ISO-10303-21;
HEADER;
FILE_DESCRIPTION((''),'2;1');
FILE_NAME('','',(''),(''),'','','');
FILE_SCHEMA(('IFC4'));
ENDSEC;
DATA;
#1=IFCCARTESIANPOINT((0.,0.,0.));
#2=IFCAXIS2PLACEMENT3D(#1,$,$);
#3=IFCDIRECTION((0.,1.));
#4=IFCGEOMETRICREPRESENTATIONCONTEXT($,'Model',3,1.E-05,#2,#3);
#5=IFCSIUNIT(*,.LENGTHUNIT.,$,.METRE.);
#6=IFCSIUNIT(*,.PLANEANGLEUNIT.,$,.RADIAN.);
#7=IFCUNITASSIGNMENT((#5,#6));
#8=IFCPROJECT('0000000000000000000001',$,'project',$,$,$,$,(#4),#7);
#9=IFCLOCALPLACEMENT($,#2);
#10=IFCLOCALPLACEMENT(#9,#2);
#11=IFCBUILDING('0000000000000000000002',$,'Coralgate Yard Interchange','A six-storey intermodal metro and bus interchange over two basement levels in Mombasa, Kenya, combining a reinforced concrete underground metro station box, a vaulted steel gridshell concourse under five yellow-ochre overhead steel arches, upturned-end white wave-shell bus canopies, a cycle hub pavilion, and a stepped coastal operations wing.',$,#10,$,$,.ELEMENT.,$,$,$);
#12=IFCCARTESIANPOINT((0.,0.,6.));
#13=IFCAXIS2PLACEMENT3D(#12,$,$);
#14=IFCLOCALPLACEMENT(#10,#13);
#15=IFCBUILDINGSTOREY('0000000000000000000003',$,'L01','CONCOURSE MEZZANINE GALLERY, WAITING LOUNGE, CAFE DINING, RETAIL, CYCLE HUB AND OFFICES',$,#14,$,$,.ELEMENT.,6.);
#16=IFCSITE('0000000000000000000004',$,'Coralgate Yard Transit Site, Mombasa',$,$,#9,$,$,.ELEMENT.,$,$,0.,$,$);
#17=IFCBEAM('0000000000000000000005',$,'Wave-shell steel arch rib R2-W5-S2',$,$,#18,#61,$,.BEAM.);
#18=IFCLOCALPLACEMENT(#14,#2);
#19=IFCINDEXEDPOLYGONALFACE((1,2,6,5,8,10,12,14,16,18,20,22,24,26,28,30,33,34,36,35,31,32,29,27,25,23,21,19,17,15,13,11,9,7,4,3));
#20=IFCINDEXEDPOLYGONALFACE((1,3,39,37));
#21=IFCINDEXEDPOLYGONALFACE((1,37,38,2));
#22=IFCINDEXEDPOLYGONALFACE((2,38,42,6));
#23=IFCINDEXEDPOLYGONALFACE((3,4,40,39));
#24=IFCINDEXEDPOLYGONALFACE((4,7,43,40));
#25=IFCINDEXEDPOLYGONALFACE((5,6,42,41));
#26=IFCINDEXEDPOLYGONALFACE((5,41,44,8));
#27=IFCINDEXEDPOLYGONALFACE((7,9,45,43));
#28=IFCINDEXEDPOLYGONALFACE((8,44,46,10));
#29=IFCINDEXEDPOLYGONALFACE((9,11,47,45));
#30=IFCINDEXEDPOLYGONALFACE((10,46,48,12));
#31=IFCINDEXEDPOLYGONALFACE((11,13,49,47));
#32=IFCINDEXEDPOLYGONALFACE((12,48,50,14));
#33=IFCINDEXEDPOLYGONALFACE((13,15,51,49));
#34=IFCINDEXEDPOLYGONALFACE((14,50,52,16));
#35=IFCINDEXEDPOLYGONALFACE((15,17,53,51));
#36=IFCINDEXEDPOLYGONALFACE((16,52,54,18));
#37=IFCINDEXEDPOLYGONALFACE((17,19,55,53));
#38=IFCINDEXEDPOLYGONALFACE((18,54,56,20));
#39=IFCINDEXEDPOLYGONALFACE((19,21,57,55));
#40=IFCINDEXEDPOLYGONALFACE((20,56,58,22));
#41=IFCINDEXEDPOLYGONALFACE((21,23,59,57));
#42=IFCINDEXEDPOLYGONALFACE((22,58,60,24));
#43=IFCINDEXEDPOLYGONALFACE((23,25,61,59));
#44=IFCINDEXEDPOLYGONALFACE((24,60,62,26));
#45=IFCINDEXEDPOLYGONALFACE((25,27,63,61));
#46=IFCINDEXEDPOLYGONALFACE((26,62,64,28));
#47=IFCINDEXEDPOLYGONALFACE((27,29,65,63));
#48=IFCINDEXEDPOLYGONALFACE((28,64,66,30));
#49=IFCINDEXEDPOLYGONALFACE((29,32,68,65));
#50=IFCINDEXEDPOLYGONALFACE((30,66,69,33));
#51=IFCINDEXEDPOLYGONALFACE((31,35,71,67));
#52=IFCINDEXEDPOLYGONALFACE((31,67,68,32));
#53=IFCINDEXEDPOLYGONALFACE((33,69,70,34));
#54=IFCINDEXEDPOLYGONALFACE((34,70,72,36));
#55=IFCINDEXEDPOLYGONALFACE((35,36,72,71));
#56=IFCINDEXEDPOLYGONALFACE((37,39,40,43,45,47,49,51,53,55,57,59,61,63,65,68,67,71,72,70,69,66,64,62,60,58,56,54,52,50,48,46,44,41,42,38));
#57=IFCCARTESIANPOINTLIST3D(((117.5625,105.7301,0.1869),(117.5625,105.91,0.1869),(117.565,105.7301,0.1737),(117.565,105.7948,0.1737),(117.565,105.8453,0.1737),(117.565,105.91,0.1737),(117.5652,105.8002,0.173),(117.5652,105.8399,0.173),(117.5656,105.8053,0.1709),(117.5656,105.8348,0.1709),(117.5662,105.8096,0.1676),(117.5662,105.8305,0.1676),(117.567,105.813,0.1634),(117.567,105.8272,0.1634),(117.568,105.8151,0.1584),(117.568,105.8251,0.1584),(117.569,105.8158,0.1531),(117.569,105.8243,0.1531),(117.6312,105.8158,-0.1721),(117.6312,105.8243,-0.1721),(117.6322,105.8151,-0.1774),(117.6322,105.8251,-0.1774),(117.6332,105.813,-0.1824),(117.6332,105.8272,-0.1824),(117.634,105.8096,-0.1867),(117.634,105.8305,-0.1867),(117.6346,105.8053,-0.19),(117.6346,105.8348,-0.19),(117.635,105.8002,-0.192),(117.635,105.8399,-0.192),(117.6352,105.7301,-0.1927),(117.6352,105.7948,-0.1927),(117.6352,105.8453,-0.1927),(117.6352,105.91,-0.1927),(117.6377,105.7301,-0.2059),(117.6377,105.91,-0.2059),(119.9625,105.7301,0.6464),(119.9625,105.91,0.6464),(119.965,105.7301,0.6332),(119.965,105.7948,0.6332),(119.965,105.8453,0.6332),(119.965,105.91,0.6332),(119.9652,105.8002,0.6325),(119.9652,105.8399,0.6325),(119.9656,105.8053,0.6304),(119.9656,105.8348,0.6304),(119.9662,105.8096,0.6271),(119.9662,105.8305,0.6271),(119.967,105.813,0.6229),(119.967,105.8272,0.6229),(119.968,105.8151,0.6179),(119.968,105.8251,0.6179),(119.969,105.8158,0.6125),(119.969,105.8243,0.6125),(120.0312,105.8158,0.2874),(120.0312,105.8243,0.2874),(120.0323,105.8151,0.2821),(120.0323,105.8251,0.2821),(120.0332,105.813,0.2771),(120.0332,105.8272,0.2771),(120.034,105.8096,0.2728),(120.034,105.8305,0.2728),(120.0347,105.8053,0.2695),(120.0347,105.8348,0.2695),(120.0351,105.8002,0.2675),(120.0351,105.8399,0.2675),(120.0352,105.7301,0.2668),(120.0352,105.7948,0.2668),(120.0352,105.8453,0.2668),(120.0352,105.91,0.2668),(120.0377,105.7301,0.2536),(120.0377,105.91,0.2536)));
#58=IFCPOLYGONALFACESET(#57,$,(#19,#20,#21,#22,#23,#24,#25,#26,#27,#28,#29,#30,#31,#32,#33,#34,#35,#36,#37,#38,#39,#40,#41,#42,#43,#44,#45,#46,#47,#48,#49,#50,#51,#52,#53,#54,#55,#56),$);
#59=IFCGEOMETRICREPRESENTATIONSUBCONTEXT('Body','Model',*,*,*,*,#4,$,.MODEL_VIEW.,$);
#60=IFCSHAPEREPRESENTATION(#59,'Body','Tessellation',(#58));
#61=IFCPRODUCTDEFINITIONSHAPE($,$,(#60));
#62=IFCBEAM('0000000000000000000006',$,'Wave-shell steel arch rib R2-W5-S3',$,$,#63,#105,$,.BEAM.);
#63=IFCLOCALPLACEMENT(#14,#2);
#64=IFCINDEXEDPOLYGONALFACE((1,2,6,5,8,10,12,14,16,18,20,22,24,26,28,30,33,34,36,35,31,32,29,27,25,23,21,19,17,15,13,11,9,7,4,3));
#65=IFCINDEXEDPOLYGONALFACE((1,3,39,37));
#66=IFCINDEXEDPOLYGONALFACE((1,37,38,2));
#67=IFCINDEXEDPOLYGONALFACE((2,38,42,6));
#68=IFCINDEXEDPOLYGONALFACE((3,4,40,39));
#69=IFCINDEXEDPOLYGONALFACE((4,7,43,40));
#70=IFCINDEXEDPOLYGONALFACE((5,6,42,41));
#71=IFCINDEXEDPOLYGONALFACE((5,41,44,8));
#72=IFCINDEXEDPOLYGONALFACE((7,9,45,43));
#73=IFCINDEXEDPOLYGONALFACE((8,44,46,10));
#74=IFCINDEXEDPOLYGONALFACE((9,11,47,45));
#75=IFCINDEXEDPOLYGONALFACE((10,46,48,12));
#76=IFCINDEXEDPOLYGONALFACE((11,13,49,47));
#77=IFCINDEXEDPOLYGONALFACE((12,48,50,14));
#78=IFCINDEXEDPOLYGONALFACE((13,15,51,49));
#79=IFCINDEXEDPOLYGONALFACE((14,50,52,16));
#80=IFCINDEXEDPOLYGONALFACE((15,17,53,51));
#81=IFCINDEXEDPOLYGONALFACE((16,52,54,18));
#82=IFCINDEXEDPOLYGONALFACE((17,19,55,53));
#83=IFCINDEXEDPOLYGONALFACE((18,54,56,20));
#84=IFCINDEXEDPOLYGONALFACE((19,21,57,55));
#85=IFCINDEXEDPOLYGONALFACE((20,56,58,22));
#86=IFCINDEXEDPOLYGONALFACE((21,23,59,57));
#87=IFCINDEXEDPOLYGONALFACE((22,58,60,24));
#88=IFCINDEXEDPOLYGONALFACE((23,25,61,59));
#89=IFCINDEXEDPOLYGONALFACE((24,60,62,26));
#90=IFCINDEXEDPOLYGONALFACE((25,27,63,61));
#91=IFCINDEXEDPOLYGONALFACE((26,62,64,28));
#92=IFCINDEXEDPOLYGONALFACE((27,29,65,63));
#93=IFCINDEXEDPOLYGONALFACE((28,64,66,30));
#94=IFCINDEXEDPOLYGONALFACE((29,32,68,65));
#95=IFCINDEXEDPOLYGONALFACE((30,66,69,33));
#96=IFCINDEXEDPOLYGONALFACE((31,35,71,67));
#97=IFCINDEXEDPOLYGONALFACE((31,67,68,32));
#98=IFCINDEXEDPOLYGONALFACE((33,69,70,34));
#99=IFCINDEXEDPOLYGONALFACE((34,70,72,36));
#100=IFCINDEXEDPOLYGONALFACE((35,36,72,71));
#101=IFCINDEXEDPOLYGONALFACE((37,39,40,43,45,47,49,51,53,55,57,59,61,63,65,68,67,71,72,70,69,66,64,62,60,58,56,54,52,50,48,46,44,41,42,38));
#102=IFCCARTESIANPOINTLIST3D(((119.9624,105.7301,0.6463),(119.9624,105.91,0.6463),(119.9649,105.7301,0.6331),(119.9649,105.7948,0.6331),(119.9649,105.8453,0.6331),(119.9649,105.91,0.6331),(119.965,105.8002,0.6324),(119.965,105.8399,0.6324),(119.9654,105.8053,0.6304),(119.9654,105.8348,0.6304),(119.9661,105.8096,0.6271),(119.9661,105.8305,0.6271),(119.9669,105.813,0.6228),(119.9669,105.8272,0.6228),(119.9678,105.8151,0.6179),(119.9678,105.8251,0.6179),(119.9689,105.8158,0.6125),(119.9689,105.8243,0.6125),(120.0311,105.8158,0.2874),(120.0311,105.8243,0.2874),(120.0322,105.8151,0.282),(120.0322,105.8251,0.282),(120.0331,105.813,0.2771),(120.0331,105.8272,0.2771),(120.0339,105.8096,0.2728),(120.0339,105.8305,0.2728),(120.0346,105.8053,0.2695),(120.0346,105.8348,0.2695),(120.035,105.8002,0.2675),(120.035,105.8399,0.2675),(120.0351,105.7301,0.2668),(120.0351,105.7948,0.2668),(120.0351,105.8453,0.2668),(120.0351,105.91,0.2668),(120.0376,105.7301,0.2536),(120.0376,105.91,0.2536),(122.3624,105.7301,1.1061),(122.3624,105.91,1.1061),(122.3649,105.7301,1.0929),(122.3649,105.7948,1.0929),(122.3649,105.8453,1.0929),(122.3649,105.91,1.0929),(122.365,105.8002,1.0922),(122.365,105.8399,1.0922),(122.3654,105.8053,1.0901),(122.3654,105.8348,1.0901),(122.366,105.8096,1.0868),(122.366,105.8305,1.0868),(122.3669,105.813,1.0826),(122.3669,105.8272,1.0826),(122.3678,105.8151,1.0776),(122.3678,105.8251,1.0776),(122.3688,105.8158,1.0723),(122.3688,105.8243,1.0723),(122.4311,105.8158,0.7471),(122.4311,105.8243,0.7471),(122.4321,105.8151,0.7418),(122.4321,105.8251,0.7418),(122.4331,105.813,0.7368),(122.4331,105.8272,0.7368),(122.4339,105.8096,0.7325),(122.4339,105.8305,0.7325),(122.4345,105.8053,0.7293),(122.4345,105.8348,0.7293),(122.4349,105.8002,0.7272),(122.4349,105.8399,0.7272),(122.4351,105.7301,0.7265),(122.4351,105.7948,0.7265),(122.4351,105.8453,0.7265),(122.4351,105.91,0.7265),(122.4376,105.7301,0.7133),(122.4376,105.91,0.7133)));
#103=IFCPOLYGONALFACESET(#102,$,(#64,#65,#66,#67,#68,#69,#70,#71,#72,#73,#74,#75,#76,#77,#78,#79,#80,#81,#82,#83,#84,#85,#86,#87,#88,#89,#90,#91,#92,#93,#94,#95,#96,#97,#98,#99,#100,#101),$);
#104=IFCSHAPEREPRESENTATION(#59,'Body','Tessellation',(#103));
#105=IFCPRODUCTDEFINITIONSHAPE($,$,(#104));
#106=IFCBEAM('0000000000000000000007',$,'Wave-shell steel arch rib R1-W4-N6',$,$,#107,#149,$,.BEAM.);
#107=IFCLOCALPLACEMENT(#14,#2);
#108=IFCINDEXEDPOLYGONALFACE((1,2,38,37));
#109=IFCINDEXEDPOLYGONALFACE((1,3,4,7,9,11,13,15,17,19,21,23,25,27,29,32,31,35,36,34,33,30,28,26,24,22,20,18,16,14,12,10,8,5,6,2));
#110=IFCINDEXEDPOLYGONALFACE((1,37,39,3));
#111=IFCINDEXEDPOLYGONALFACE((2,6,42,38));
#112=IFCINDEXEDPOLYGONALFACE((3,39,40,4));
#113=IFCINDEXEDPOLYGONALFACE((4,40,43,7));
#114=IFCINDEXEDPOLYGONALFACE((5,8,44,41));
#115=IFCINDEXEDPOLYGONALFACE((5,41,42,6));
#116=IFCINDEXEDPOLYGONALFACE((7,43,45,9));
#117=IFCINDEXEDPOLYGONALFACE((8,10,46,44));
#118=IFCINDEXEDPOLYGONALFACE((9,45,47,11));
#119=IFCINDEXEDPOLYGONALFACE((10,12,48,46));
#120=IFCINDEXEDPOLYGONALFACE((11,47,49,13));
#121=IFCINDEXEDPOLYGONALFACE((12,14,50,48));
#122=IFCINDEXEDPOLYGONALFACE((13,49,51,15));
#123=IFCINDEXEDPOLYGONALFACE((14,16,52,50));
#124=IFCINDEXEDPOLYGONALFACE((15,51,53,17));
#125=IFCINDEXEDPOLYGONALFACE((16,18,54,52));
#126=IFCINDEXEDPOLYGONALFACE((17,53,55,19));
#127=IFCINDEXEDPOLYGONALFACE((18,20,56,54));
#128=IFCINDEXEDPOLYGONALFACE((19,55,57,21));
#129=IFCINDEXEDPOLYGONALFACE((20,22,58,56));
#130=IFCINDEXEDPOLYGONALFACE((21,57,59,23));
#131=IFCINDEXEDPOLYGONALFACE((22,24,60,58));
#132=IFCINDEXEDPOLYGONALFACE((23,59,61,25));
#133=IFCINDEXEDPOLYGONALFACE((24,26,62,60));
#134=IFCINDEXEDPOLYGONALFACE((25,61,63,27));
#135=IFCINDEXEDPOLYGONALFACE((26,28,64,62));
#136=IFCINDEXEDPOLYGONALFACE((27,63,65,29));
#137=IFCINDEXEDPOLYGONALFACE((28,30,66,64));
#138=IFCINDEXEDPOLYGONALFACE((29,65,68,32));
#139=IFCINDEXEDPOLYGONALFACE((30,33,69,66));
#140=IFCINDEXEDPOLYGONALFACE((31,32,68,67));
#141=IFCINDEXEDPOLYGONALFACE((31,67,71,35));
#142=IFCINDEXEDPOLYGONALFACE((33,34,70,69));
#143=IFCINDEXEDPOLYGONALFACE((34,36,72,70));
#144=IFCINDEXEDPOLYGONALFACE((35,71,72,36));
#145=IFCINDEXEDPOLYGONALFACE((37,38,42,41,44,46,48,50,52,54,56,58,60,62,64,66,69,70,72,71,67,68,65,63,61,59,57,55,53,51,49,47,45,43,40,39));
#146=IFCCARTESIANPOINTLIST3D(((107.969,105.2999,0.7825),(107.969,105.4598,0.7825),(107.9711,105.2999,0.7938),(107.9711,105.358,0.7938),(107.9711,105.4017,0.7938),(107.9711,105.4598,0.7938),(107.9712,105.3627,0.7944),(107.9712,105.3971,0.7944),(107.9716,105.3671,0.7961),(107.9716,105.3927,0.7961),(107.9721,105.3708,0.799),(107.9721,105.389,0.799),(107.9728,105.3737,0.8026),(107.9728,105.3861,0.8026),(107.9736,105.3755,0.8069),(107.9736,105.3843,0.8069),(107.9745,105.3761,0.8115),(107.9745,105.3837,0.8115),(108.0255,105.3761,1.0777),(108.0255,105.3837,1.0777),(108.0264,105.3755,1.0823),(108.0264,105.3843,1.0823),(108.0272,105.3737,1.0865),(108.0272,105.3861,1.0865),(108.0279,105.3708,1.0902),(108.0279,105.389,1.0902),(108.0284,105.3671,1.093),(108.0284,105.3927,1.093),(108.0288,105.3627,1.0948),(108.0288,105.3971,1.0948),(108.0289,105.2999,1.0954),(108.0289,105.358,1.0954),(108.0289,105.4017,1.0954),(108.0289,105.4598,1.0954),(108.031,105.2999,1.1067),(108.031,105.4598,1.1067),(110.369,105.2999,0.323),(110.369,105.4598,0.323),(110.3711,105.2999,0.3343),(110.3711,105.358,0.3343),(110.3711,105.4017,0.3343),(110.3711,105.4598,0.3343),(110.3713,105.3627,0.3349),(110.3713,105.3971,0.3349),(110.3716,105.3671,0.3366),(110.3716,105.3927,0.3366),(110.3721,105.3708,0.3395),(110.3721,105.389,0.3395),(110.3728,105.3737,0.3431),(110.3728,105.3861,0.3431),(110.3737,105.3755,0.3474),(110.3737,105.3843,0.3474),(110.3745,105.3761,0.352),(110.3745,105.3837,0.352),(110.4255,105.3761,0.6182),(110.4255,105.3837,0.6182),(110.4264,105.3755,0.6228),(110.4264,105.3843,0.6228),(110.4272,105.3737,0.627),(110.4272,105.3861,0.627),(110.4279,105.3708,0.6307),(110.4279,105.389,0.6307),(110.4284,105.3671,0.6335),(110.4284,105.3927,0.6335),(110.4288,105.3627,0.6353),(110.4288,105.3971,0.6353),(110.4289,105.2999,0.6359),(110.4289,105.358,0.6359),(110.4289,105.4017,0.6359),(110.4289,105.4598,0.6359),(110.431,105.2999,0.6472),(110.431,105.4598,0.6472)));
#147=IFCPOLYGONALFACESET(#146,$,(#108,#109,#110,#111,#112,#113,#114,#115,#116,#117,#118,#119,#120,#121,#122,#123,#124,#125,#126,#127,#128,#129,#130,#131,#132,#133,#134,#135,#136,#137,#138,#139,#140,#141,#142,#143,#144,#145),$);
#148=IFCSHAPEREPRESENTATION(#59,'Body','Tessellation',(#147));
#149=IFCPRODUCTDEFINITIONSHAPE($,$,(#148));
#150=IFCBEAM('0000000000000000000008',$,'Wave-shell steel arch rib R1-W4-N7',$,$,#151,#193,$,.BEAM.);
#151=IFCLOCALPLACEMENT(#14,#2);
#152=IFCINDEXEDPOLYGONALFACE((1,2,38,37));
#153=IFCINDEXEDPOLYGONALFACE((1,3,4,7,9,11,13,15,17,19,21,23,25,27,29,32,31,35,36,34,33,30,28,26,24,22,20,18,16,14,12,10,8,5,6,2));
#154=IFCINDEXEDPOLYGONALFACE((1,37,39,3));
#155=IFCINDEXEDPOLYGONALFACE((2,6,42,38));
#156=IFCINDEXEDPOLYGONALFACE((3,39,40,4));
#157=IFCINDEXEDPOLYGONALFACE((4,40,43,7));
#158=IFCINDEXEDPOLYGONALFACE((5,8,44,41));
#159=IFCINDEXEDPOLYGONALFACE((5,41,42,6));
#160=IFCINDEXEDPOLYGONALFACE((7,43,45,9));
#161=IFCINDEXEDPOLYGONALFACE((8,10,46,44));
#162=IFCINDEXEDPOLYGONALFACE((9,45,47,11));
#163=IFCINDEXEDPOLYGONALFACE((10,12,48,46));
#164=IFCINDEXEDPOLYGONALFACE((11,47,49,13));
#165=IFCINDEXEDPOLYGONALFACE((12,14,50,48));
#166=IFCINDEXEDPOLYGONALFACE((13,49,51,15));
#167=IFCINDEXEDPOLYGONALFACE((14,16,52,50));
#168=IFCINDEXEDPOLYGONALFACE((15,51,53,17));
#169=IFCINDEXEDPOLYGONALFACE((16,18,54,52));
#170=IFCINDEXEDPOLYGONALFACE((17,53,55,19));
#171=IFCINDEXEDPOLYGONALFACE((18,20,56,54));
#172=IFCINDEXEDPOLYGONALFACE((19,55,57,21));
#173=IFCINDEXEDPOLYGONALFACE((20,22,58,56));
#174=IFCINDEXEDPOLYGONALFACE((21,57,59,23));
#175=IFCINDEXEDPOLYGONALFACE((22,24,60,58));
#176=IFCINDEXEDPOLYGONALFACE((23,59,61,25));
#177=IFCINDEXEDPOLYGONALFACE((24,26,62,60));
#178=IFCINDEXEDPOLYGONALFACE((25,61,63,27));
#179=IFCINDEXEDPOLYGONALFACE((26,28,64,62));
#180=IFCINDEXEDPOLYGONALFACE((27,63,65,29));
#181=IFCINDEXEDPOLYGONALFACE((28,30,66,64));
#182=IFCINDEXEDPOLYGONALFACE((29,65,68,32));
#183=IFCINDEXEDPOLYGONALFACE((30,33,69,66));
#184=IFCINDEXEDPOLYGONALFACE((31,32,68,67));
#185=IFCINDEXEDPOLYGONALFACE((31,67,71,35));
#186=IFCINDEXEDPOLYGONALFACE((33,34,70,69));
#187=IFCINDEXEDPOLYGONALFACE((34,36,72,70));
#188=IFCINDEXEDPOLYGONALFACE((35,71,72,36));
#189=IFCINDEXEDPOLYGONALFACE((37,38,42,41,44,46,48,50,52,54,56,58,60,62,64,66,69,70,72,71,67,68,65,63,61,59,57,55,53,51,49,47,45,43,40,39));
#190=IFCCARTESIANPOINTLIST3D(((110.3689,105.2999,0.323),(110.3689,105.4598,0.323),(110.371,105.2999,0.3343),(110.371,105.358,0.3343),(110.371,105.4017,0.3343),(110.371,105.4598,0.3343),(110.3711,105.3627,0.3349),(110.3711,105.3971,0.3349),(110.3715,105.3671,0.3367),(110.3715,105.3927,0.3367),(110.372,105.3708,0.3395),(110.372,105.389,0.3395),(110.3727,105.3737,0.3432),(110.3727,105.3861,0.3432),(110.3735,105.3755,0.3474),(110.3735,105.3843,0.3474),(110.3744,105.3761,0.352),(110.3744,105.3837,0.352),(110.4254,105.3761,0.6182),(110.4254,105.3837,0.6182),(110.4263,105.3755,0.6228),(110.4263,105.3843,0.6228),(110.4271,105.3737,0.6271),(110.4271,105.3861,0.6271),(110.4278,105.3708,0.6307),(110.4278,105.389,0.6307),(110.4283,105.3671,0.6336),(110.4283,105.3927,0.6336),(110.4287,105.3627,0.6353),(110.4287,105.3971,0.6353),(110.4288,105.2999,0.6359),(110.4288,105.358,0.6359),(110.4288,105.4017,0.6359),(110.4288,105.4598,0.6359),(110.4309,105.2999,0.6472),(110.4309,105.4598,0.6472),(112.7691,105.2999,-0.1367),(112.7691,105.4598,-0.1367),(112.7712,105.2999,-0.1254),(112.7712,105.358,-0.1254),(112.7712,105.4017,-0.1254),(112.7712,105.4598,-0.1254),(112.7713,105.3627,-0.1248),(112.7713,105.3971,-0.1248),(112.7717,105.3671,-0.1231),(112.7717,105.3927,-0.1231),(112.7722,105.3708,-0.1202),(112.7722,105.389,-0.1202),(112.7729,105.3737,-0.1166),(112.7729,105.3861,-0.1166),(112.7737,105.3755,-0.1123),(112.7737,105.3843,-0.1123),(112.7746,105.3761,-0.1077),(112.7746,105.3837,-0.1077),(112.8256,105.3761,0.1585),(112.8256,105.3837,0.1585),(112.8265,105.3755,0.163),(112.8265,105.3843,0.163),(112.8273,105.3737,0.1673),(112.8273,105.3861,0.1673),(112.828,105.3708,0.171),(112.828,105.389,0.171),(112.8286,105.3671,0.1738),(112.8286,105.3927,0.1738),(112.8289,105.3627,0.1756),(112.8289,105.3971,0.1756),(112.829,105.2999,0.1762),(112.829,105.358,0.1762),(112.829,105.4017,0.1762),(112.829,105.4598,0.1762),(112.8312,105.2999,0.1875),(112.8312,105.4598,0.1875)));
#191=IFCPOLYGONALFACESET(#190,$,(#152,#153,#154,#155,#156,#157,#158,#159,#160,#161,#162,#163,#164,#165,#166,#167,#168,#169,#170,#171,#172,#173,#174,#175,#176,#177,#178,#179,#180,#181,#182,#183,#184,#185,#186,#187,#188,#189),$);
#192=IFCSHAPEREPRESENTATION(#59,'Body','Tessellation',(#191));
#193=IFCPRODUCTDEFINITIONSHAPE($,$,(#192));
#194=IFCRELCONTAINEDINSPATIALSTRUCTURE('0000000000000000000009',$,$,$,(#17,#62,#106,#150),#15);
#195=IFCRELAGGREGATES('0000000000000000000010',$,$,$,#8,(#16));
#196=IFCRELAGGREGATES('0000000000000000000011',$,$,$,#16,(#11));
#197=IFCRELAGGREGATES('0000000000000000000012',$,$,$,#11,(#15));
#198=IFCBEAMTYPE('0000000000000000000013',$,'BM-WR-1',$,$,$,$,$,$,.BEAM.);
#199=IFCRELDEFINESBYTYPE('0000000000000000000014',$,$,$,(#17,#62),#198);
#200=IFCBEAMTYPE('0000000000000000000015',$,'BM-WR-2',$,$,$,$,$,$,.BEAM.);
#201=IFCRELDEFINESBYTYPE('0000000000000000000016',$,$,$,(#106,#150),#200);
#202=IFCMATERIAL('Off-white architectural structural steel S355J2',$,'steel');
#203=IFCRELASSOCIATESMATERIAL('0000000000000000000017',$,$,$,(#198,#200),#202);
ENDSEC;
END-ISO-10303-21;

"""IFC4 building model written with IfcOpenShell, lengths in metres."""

from ifc_helpers import new_model, si_unit, direction, frame, origin, origin_2d, place, context, subcontext, project, spatial, i_section, extrude, material, material_profile, profile_set, type_object, element, save


model = new_model("IFC4")

# Units and contexts
model_context = context("Model", 3, precision=1e-05, world=origin(), true_north=direction((0.0, 1.0)))
body_context = subcontext(model_context, "Body", "Model", "MODEL_VIEW")
ifc_project = project(units=[si_unit("LENGTHUNIT", "METRE"), si_unit("PLANEANGLEUNIT", "RADIAN")], contexts=[model_context])

# Site, building, storey
site_placement = place(None, origin())
site = spatial("IfcSite", under=ifc_project, at=site_placement, Name="Coralgate Yard Transit Site, Mombasa", CompositionType="ELEMENT", RefElevation=0.0)
building_placement = place(site_placement, origin())
building = spatial("IfcBuilding", under=site, at=building_placement, Name="Coralgate Yard Interchange", Description="A six-storey intermodal metro and bus interchange over two basement levels in Mombasa, Kenya, combining a reinforced concrete underground metro station box, a vaulted steel gridshell concourse under five yellow-ochre overhead steel arches, upturned-end white wave-shell bus canopies, a cycle hub pavilion, and a stepped coastal operations wing.", CompositionType="ELEMENT")
storey_placement = place(building_placement, frame((0.0, 0.0, 6.0)))
storey = spatial("IfcBuildingStorey", under=building, at=storey_placement, Name="L01", Description="CONCOURSE MEZZANINE GALLERY, WAITING LOUNGE, CAFE DINING, RETAIL, CYCLE HUB AND OFFICES", CompositionType="ELEMENT", Elevation=6.0)

# Beams
ifc_material_1 = material(Name="Off-white architectural structural steel S355J2", Category="steel")
ifc_material_profile_1 = material_profile(ifc_material_1, i_section(OverallWidth=0.1799, OverallDepth=0.3999, WebThickness=0.0085, FlangeThickness=0.0134, FilletRadius=0.021, at=origin_2d()), Name="IPE 400")
ifc_profile_set_1 = profile_set([ifc_material_profile_1], Name="Off-white architectural structural steel S355J2")
beam_type_1 = type_object("IfcBeamType", Name="BM-WR-1", PredefinedType="BEAM", material=ifc_profile_set_1)
for number, where, z_axis, x_axis, name in (
    (1, (117.6001, 105.8201, -0.0095), (0.982161, 0.0, 0.188039), (0.0, 1.0, 0.0), "Wave-shell steel arch rib R2-W5-S2"),
    (2, (120.0, 105.8201, 0.45), (0.982143, 0.0, 0.188136), (0.0, 1.0, 0.0), "Wave-shell steel arch rib R2-W5-S3"),
):
    element("IfcBeam", number, at=place(storey_placement, frame(where, z_axis=z_axis, x_axis=x_axis)), inside=storey, type_object=beam_type_1, Name=name, PredefinedType="BEAM", context=body_context, shape_type="SweptSolid", body=[
        extrude(i_section(OverallWidth=0.1799, OverallDepth=0.3999, WebThickness=0.0085, FlangeThickness=0.0134, FilletRadius=0.021, at=origin_2d()), origin(), (0.0, 0.0, 1.0), 2.4436),
    ])
ifc_material_profile_2 = material_profile(ifc_material_1, i_section(OverallWidth=0.1599, OverallDepth=0.3301, WebThickness=0.0076, FlangeThickness=0.0115, FilletRadius=0.0181, at=origin_2d()), Name="IPE 330")
ifc_profile_set_2 = profile_set([ifc_material_profile_2], Name="Off-white architectural structural steel S355J2")
beam_type_2 = type_object("IfcBeamType", Name="BM-WR-2", PredefinedType="BEAM", material=ifc_profile_set_2)
beam_1_placement = place(storey_placement, frame((108.0, 105.3799, 0.9446), z_axis=(0.982161, 0.0, -0.188039), x_axis=(0.0, 1.0, 0.0)))
element("IfcBeam", 3, at=beam_1_placement, inside=storey, type_object=beam_type_2, Name="Wave-shell steel arch rib R1-W4-N6", PredefinedType="BEAM", context=body_context, shape_type="SweptSolid", body=[
    extrude(i_section(OverallWidth=0.1599, OverallDepth=0.3301, WebThickness=0.0076, FlangeThickness=0.0115, FilletRadius=0.0181, at=origin_2d()), origin(), (0.0, 0.0, 1.0), 2.4436),
])
beam_2_placement = place(storey_placement, frame((110.3999, 105.3799, 0.4851), z_axis=(0.982147, 0.0, -0.188117), x_axis=(0.0, 1.0, 0.0)))
element("IfcBeam", 4, at=beam_2_placement, inside=storey, type_object=beam_type_2, Name="Wave-shell steel arch rib R1-W4-N7", PredefinedType="BEAM", context=body_context, shape_type="SweptSolid", body=[
    extrude(i_section(OverallWidth=0.1599, OverallDepth=0.3301, WebThickness=0.0076, FlangeThickness=0.0115, FilletRadius=0.0181, at=origin_2d()), origin(), (0.0, 0.0, 1.0), 2.4438),
])

save(model, "model.ifc")
